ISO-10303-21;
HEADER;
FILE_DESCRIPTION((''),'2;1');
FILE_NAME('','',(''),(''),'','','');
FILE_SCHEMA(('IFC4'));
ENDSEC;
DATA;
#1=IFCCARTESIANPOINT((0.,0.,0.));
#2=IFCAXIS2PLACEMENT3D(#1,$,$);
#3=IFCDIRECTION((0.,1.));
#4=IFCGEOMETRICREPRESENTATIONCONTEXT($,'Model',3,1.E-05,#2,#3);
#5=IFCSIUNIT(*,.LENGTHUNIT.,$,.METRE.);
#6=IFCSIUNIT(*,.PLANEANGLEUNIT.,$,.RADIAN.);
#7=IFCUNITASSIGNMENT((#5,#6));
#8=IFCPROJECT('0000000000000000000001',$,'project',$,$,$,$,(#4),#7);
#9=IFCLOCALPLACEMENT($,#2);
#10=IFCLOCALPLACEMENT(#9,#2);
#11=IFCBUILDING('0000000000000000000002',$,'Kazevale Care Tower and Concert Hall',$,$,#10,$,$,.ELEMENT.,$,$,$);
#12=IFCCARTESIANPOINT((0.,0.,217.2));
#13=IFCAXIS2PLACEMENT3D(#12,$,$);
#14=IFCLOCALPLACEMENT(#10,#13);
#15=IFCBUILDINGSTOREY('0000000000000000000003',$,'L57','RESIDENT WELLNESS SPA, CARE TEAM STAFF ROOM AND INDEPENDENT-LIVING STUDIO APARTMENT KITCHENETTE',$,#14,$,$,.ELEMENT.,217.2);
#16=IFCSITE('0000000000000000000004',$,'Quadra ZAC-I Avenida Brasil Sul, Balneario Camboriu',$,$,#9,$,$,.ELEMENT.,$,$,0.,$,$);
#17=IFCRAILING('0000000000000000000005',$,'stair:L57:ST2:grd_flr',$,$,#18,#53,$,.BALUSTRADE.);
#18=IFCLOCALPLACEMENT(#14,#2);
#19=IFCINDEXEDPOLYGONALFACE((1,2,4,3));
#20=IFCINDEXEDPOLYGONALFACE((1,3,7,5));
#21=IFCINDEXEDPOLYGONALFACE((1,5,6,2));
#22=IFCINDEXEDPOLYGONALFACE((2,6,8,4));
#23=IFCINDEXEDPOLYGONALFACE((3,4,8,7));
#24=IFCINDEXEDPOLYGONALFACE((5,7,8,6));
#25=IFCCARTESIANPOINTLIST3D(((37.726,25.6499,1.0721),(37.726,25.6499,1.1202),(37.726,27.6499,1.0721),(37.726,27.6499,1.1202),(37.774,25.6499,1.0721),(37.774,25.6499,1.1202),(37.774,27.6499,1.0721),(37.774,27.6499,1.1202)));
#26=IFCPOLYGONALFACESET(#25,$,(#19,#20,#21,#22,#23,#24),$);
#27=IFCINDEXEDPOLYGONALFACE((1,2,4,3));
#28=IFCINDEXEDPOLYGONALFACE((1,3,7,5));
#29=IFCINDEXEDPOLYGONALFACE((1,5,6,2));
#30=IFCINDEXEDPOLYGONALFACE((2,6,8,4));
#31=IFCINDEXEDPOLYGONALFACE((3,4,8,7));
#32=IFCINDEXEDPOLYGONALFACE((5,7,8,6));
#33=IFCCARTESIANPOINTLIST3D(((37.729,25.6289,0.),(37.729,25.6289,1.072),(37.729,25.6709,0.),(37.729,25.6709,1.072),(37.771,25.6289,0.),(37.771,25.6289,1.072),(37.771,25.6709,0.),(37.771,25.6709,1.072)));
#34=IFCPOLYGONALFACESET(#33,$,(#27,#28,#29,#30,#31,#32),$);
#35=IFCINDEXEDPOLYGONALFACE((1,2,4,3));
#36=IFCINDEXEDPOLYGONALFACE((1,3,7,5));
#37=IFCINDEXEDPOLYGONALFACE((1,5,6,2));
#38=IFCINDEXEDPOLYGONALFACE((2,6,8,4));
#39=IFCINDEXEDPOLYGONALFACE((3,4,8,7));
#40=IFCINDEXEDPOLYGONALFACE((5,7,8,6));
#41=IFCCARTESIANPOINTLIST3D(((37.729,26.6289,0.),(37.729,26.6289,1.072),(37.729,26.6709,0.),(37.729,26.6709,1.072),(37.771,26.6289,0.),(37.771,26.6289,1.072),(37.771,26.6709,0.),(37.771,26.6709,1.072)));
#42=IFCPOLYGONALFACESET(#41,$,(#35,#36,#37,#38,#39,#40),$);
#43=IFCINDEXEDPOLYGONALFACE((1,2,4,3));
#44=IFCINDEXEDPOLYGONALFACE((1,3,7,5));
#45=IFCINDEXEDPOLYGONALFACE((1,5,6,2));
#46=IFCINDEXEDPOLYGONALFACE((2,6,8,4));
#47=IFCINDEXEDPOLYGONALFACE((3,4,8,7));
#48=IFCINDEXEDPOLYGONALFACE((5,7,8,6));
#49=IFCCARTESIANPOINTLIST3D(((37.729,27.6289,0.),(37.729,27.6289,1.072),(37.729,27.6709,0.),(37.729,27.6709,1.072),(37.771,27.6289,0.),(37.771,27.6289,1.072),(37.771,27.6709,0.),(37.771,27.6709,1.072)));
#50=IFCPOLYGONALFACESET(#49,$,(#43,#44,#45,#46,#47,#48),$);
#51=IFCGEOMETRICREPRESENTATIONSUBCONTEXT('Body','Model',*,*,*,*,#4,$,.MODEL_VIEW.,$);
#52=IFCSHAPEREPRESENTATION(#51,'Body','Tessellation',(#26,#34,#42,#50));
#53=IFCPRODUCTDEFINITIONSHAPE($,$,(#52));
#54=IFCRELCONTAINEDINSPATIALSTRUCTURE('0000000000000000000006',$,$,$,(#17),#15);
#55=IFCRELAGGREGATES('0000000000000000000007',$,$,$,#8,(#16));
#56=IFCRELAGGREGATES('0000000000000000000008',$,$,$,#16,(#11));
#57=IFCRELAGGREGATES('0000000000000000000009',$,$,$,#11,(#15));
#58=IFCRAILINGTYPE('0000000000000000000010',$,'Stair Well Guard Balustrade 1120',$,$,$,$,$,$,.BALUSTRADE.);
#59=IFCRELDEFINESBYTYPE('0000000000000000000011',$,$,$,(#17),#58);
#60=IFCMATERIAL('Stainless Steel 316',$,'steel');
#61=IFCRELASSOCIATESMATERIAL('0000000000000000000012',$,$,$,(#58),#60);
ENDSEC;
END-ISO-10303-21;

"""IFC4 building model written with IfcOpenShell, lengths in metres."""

from ifc_helpers import new_model, si_unit, direction, frame, origin, origin_2d, place, context, subcontext, project, spatial, rectangle, extrude, material, type_object, element, save


model = new_model("IFC4")

# Units and contexts
model_context = context("Model", 3, precision=1e-05, world=origin(), true_north=direction((0.0, 1.0)))
body_context = subcontext(model_context, "Body", "Model", "MODEL_VIEW")
ifc_project = project(units=[si_unit("LENGTHUNIT", "METRE"), si_unit("PLANEANGLEUNIT", "RADIAN")], contexts=[model_context])

# Site, building, storey
site_placement = place(None, origin())
site = spatial("IfcSite", under=ifc_project, at=site_placement, Name="Quadra ZAC-I Avenida Brasil Sul, Balneario Camboriu", CompositionType="ELEMENT", RefElevation=0.0)
building_placement = place(site_placement, origin())
building = spatial("IfcBuilding", under=site, at=building_placement, Name="Kazevale Care Tower and Concert Hall", CompositionType="ELEMENT")
storey_placement = place(building_placement, frame((0.0, 0.0, 217.2)))
storey = spatial("IfcBuildingStorey", under=building, at=storey_placement, Name="L57", Description="RESIDENT WELLNESS SPA, CARE TEAM STAFF ROOM AND INDEPENDENT-LIVING STUDIO APARTMENT KITCHENETTE", CompositionType="ELEMENT", Elevation=217.2)

# Railing
ifc_material_1 = material(Name="Stainless Steel 316", Category="steel")
railing_type_1 = type_object("IfcRailingType", Name="Stair Well Guard Balustrade 1120", PredefinedType="BALUSTRADE", material=ifc_material_1)
for number, where, name in (
    (1, (37.75, 25.6499, 0.0), "stair:L57:ST2:grd_flr"),
):
    element("IfcRailing", number, at=place(storey_placement, frame(where)), inside=storey, type_object=railing_type_1, Name=name, PredefinedType="BALUSTRADE", context=body_context, shape_type="SweptSolid", body=[
        extrude(rectangle(XDim=0.0481, YDim=0.0481, at=origin_2d()), frame((0.0, 0.0, 1.0962), z_axis=(0.0, 1.0, 0.0), x_axis=(-1.0, 0.0, 0.0)), (0.0, 0.0, 1.0), 2.0),
        extrude(rectangle(XDim=0.042, YDim=0.042, at=origin_2d()), origin(), (0.0, 0.0, 1.0), 1.072),
        extrude(rectangle(XDim=0.042, YDim=0.042, at=origin_2d()), frame((0.0, 1.0, 0.0)), (0.0, 0.0, 1.0), 1.072),
        extrude(rectangle(XDim=0.042, YDim=0.042, at=origin_2d()), frame((0.0, 2.0, 0.0)), (0.0, 0.0, 1.0), 1.072),
    ])

save(model, "model.ifc")
